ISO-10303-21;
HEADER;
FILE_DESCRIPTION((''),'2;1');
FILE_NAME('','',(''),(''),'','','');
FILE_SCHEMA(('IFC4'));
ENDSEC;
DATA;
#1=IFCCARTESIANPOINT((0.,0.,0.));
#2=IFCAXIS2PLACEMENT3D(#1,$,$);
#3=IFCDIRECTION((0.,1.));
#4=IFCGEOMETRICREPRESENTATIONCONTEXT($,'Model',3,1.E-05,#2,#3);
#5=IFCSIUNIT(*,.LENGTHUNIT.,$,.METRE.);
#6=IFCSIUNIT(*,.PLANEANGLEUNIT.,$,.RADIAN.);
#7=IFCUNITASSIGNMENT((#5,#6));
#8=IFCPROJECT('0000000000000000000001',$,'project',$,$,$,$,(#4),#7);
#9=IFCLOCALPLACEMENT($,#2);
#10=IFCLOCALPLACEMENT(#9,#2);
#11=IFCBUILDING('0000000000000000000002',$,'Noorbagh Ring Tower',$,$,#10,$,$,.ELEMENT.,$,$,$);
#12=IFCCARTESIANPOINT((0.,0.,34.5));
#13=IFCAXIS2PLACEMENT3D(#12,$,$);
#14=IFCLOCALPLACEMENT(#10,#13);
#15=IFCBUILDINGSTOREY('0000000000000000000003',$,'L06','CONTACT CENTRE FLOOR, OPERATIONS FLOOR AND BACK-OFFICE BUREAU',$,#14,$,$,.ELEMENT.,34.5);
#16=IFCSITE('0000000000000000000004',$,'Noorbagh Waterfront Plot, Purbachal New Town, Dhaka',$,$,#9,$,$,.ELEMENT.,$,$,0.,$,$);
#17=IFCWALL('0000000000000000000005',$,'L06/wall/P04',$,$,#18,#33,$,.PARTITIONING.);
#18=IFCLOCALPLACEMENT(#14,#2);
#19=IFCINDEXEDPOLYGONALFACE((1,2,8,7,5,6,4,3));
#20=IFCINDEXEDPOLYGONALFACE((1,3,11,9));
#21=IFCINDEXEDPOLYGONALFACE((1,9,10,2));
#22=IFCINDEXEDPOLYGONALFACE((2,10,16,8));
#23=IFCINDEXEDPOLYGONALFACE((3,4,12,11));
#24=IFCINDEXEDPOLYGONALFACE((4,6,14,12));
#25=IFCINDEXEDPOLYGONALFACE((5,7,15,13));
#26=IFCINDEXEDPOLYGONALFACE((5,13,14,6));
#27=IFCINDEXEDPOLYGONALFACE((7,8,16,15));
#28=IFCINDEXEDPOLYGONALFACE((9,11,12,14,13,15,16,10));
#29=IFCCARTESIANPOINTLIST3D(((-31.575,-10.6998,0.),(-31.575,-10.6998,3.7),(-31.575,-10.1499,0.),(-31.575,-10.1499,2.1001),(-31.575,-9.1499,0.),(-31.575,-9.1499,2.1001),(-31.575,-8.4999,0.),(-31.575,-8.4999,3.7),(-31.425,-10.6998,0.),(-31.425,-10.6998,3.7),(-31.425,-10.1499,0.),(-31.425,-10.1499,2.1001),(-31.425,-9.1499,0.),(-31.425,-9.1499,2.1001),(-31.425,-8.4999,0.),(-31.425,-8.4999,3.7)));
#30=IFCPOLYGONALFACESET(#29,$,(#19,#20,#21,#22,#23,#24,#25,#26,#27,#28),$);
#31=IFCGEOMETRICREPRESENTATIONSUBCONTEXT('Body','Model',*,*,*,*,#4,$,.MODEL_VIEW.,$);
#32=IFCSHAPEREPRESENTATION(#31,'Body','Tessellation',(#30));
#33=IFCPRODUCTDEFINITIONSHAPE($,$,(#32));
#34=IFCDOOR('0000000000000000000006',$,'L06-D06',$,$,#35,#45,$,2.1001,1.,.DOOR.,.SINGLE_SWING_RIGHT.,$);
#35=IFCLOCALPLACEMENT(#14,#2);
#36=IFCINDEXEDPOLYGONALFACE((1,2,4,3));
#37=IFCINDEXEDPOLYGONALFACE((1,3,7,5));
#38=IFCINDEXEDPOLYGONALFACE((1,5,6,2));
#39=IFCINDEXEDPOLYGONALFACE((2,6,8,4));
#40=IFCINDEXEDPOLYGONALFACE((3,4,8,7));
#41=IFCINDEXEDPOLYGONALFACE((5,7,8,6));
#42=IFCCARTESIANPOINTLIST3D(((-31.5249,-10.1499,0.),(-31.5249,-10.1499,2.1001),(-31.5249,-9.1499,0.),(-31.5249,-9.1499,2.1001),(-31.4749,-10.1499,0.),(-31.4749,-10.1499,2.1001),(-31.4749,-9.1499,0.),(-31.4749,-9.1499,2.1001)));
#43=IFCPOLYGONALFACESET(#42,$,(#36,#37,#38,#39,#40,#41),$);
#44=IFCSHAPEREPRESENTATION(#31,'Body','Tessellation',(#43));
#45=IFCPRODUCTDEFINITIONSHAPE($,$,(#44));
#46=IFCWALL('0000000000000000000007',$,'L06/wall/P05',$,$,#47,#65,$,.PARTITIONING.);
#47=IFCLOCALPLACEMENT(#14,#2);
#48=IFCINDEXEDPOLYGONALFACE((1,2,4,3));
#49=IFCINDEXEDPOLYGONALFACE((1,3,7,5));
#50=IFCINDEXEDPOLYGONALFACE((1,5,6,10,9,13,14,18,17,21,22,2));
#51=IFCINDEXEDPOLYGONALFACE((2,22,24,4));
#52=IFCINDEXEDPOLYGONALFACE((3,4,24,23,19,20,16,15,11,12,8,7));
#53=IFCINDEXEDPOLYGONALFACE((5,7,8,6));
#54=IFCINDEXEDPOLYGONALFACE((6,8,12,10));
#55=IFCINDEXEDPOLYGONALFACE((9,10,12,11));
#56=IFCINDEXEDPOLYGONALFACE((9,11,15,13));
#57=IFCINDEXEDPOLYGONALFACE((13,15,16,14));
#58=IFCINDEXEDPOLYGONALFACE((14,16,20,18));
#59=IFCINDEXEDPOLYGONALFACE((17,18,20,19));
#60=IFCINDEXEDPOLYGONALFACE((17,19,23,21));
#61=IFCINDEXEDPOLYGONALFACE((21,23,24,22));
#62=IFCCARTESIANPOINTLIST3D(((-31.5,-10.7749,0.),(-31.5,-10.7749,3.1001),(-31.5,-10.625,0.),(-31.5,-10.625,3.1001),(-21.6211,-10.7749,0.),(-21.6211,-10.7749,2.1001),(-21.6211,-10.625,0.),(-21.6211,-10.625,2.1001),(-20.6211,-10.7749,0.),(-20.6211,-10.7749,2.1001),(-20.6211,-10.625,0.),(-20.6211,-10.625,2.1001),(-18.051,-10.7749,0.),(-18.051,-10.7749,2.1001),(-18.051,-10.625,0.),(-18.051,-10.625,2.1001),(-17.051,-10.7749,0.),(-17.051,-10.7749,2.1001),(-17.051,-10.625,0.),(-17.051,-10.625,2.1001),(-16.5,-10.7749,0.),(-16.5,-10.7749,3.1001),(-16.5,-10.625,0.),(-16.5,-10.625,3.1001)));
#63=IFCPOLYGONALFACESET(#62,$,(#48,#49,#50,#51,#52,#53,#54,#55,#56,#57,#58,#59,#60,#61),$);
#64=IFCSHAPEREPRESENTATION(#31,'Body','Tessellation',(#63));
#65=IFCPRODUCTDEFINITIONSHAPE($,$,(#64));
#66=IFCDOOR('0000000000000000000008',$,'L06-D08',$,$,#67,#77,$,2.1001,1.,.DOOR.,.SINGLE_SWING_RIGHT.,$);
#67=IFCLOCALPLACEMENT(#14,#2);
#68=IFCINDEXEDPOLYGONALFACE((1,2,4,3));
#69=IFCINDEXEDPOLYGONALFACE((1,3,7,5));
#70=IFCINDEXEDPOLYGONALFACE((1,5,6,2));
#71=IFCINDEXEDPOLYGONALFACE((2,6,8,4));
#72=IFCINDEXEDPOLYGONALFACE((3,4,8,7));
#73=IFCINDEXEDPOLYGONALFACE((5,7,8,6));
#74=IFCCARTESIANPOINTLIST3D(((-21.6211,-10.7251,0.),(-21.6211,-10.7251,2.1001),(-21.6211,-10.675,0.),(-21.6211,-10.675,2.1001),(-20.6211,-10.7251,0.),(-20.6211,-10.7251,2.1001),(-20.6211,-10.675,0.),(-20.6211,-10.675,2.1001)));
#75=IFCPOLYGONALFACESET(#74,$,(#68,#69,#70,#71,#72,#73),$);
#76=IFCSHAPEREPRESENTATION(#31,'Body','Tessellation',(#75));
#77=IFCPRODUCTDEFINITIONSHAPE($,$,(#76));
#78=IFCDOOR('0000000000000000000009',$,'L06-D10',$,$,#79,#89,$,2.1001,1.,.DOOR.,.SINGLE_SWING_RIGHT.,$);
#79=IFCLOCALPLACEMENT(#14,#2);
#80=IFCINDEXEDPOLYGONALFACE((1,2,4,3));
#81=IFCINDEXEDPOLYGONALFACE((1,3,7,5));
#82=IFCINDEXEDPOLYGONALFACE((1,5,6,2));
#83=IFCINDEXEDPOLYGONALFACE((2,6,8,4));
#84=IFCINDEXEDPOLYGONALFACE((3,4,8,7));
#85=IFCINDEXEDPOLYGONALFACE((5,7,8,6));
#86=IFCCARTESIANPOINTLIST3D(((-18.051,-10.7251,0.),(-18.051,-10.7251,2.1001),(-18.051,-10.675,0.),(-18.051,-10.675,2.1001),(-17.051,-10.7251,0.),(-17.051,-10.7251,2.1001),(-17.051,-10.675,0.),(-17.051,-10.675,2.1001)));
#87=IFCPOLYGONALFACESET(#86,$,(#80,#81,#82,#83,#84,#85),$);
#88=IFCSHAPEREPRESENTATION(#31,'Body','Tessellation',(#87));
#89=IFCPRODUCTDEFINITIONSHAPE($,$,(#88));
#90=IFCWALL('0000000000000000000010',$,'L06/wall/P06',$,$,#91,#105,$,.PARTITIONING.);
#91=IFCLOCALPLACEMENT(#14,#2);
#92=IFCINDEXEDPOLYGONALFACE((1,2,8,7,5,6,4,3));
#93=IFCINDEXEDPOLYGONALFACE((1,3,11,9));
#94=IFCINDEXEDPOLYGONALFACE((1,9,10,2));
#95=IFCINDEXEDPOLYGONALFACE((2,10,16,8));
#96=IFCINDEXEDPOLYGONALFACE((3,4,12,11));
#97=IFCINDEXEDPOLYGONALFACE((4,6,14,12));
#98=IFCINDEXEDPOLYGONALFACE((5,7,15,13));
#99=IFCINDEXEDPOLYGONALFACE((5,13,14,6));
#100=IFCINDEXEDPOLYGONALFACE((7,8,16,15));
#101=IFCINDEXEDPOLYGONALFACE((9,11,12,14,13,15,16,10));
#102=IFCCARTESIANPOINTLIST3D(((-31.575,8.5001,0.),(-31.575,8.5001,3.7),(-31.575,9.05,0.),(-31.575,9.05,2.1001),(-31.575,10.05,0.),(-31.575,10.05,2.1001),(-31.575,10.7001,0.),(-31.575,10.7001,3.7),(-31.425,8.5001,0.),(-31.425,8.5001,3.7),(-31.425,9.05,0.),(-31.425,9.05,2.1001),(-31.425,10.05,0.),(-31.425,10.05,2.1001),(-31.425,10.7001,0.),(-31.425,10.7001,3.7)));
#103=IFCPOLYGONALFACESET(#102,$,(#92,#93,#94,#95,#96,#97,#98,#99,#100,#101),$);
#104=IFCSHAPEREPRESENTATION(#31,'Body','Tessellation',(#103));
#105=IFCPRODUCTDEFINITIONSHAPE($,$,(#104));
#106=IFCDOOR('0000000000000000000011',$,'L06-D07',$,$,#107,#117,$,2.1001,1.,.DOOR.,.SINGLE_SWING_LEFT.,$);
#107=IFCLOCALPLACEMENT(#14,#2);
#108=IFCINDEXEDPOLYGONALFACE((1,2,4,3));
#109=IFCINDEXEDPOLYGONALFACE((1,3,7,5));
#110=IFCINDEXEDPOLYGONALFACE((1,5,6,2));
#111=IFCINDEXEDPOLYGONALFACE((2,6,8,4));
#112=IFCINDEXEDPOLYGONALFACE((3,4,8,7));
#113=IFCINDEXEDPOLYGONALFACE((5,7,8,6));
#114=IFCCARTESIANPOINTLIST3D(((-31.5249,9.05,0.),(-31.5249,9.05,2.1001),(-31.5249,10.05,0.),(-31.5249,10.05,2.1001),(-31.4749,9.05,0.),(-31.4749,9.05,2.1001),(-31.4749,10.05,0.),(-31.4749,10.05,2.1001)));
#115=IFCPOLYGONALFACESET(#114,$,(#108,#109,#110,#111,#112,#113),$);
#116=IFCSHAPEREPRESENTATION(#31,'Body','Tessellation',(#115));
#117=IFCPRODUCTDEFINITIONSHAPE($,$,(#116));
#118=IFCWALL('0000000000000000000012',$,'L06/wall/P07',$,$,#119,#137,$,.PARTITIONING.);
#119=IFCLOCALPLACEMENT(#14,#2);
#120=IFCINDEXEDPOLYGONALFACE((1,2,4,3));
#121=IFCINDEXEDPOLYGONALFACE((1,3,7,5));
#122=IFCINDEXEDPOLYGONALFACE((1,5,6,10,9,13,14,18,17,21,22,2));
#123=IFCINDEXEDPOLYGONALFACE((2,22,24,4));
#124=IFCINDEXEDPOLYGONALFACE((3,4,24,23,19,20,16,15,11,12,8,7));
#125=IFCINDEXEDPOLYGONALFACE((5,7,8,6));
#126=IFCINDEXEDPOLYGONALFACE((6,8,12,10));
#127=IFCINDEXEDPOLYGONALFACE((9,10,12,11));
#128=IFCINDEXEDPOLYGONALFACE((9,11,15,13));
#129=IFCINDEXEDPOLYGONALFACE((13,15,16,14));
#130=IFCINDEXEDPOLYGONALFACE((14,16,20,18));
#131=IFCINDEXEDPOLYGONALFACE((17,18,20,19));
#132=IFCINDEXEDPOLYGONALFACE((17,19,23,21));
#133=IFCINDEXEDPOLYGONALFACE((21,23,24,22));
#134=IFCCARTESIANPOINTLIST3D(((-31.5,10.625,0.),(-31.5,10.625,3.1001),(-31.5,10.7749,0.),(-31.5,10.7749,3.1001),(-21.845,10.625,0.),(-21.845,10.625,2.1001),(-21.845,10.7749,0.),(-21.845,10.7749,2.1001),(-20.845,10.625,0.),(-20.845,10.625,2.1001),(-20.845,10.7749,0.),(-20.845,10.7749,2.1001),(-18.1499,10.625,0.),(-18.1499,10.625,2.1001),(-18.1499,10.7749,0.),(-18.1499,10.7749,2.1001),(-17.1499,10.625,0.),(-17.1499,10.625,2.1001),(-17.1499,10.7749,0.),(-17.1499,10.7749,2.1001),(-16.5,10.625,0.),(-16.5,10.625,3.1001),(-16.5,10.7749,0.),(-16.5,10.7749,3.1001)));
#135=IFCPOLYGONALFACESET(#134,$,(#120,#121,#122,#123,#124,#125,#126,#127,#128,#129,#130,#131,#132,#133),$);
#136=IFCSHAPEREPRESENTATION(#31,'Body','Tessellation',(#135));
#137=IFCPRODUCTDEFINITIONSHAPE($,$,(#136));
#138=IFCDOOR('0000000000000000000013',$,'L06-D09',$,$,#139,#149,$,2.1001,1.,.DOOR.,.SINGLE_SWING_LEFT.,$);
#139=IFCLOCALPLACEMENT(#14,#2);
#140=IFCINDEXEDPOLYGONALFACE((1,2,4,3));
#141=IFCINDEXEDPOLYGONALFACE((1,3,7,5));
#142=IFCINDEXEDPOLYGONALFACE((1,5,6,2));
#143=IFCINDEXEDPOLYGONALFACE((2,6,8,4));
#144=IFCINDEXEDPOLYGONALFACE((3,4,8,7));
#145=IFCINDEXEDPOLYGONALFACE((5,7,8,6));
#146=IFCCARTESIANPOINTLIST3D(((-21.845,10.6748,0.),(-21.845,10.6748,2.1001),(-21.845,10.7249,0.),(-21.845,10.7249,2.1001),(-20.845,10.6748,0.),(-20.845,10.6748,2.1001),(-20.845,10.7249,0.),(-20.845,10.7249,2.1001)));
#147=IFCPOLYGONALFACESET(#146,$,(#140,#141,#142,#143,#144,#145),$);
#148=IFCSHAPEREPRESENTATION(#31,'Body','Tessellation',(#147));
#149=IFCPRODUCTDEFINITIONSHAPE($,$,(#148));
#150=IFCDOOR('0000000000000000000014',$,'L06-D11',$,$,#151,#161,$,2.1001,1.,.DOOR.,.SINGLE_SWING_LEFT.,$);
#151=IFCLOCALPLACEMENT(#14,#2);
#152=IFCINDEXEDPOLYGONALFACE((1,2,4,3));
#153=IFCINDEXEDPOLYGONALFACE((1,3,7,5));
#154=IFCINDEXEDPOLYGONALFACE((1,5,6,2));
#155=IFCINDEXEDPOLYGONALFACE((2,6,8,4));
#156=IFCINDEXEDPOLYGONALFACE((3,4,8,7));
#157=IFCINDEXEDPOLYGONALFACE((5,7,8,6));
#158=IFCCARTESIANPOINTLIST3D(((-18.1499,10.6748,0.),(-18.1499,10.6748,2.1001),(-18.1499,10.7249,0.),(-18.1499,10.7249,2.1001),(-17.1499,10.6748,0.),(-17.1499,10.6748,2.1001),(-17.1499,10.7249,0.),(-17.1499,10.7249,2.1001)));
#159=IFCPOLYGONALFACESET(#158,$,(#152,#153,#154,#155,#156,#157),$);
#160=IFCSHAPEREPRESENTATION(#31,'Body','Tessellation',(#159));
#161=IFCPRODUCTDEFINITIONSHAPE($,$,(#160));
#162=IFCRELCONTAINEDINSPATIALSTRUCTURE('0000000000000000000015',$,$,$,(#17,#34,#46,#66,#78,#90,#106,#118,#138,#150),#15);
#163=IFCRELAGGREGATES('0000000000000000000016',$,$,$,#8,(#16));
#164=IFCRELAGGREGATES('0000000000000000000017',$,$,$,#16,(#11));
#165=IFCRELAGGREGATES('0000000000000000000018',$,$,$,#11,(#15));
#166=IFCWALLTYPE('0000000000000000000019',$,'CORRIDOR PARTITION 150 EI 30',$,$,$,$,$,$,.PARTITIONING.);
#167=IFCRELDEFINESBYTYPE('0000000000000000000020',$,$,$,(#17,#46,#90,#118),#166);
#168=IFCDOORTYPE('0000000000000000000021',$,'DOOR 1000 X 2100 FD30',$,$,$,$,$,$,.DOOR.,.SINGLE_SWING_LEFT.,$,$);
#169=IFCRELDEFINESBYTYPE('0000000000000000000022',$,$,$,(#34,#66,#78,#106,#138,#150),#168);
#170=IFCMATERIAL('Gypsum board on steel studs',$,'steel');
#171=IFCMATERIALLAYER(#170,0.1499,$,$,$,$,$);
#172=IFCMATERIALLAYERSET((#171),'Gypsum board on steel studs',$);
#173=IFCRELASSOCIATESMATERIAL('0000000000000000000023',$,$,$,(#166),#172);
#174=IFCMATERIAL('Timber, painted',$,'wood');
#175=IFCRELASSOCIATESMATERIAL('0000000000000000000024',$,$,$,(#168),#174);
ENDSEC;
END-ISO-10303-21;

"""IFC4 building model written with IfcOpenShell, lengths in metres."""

from ifc_helpers import new_model, si_unit, direction, frame, frame_2d, origin, place, context, subcontext, project, spatial, rectangle, extrude, material, layer, layer_set, type_object, element, fill, save


model = new_model("IFC4")

# Units and contexts
model_context = context("Model", 3, precision=1e-05, world=origin(), true_north=direction((0.0, 1.0)))
body_context = subcontext(model_context, "Body", "Model", "MODEL_VIEW")
ifc_project = project(units=[si_unit("LENGTHUNIT", "METRE"), si_unit("PLANEANGLEUNIT", "RADIAN")], contexts=[model_context])

# Site, building, storey
site_placement = place(None, origin())
site = spatial("IfcSite", under=ifc_project, at=site_placement, Name="Noorbagh Waterfront Plot, Purbachal New Town, Dhaka", CompositionType="ELEMENT", RefElevation=0.0)
building_placement = place(site_placement, origin())
building = spatial("IfcBuilding", under=site, at=building_placement, Name="Noorbagh Ring Tower", CompositionType="ELEMENT")
storey_placement = place(building_placement, frame((0.0, 0.0, 34.5)))
storey = spatial("IfcBuildingStorey", under=building, at=storey_placement, Name="L06", Description="CONTACT CENTRE FLOOR, OPERATIONS FLOOR AND BACK-OFFICE BUREAU", CompositionType="ELEMENT", Elevation=34.5)

# Wall, opening, door
ifc_material_1 = material(Name="Gypsum board on steel studs", Category="steel")
ifc_layer_1 = layer(ifc_material_1, 0.1499)
ifc_layer_set_1 = layer_set([ifc_layer_1], Name="Gypsum board on steel studs")
wall_type_1 = type_object("IfcWallType", Name="CORRIDOR PARTITION 150 EI 30", PredefinedType="PARTITIONING", material=ifc_layer_set_1)
wall_1_placement = place(storey_placement, frame((-31.5, -10.7, 0.0), z_axis=(0.0, 0.0, 1.0), x_axis=(0.0, 1.0, 0.0)))
wall_1 = element("IfcWall", 1, at=wall_1_placement, inside=storey, type_object=wall_type_1, Name="L06/wall/P04", PredefinedType="PARTITIONING", context=body_context, shape_type="SweptSolid", body=[
    extrude(rectangle(XDim=2.2, YDim=0.1499, at=frame_2d((1.1001, 0.0))), origin(), (0.0, 0.0, 1.0), 3.7),
])
opening_1_placement = place(wall_1_placement, frame((0.55, 0.0, 0.0)))
opening_1 = element("IfcOpeningElement", 2, at=opening_1_placement, cuts=wall_1, PredefinedType="OPENING", context=body_context, shape_type="SweptSolid", body=[
    extrude(rectangle(XDim=1.0, YDim=2.1001, at=frame_2d((0.5, 1.05))), frame((0.0, 0.085, 0.0), z_axis=(0.0, -1.0, 0.0), x_axis=(1.0, 0.0, 0.0)), (0.0, 0.0, 1.0), 0.1699),
])
ifc_material_2 = material(Name="Timber, painted", Category="wood")
door_type = type_object("IfcDoorType", Name="DOOR 1000 X 2100 FD30", OperationType="SINGLE_SWING_LEFT", PredefinedType="DOOR", material=ifc_material_2)
door_1_placement = place(opening_1_placement, origin())
door_1 = element("IfcDoor", 3, at=door_1_placement, inside=storey, type_object=door_type, Name="L06-D06", OperationType="SINGLE_SWING_RIGHT", OverallHeight=2.1001, OverallWidth=1.0, PredefinedType="DOOR", context=body_context, shape_type="SweptSolid", body=[
    extrude(rectangle(XDim=1.0, YDim=2.1001, at=frame_2d((0.5, 1.05))), frame((0.0, 0.0249, 0.0), z_axis=(0.0, -1.0, 0.0), x_axis=(1.0, 0.0, 0.0)), (0.0, 0.0, 1.0), 0.05),
])
fill(opening_1, door_1)

# Wall, openings, doors
wall_2_placement = place(storey_placement, frame((-31.5, -10.7, 0.0), z_axis=(0.0, 0.0, 1.0), x_axis=(1.0, 0.0, 0.0)))
wall_2 = element("IfcWall", 4, at=wall_2_placement, inside=storey, type_object=wall_type_1, Name="L06/wall/P05", PredefinedType="PARTITIONING", context=body_context, shape_type="SweptSolid", body=[
    extrude(rectangle(XDim=15.0, YDim=0.1499, at=frame_2d((7.5, 0.0))), origin(), (0.0, 0.0, 1.0), 3.1001),
])
opening_2_placement = place(wall_2_placement, frame((9.8789, 0.0, 0.0)))
opening_2 = element("IfcOpeningElement", 5, at=opening_2_placement, cuts=wall_2, PredefinedType="OPENING", context=body_context, shape_type="SweptSolid", body=[
    extrude(rectangle(XDim=1.0, YDim=2.1001, at=frame_2d((0.5, 1.05))), frame((0.0, 0.085, 0.0), z_axis=(0.0, -1.0, 0.0), x_axis=(1.0, 0.0, 0.0)), (0.0, 0.0, 1.0), 0.1699),
])
opening_3_placement = place(wall_2_placement, frame((13.449, 0.0, 0.0)))
opening_3 = element("IfcOpeningElement", 6, at=opening_3_placement, cuts=wall_2, PredefinedType="OPENING", context=body_context, shape_type="SweptSolid", body=[
    extrude(rectangle(XDim=1.0, YDim=2.1001, at=frame_2d((0.5, 1.05))), frame((0.0, 0.085, 0.0), z_axis=(0.0, -1.0, 0.0), x_axis=(1.0, 0.0, 0.0)), (0.0, 0.0, 1.0), 0.1699),
])
door_2_placement = place(opening_2_placement, origin())
door_2 = element("IfcDoor", 7, at=door_2_placement, inside=storey, type_object=door_type, Name="L06-D08", OperationType="SINGLE_SWING_RIGHT", OverallHeight=2.1001, OverallWidth=1.0, PredefinedType="DOOR", context=body_context, shape_type="SweptSolid", body=[
    extrude(rectangle(XDim=1.0, YDim=2.1001, at=frame_2d((0.5, 1.05))), frame((0.0, 0.0249, 0.0), z_axis=(0.0, -1.0, 0.0), x_axis=(1.0, 0.0, 0.0)), (0.0, 0.0, 1.0), 0.05),
])
fill(opening_2, door_2)
door_3_placement = place(opening_3_placement, origin())
door_3 = element("IfcDoor", 8, at=door_3_placement, inside=storey, type_object=door_type, Name="L06-D10", OperationType="SINGLE_SWING_RIGHT", OverallHeight=2.1001, OverallWidth=1.0, PredefinedType="DOOR", context=body_context, shape_type="SweptSolid", body=[
    extrude(rectangle(XDim=1.0, YDim=2.1001, at=frame_2d((0.5, 1.05))), frame((0.0, 0.0249, 0.0), z_axis=(0.0, -1.0, 0.0), x_axis=(1.0, 0.0, 0.0)), (0.0, 0.0, 1.0), 0.05),
])
fill(opening_3, door_3)

# Wall, opening, door
wall_3_placement = place(storey_placement, frame((-31.5, 8.5, 0.0), z_axis=(0.0, 0.0, 1.0), x_axis=(0.0, 1.0, 0.0)))
wall_3 = element("IfcWall", 9, at=wall_3_placement, inside=storey, type_object=wall_type_1, Name="L06/wall/P06", PredefinedType="PARTITIONING", context=body_context, shape_type="SweptSolid", body=[
    extrude(rectangle(XDim=2.2, YDim=0.1499, at=frame_2d((1.1001, 0.0))), origin(), (0.0, 0.0, 1.0), 3.7),
])
opening_4_placement = place(wall_3_placement, frame((0.55, 0.0, 0.0)))
opening_4 = element("IfcOpeningElement", 10, at=opening_4_placement, cuts=wall_3, PredefinedType="OPENING", context=body_context, shape_type="SweptSolid", body=[
    extrude(rectangle(XDim=1.0, YDim=2.1001, at=frame_2d((0.5, 1.05))), frame((0.0, 0.085, 0.0), z_axis=(0.0, -1.0, 0.0), x_axis=(1.0, 0.0, 0.0)), (0.0, 0.0, 1.0), 0.1699),
])
door_4_placement = place(opening_4_placement, origin())
door_4 = element("IfcDoor", 11, at=door_4_placement, inside=storey, type_object=door_type, Name="L06-D07", OperationType="SINGLE_SWING_LEFT", OverallHeight=2.1001, OverallWidth=1.0, PredefinedType="DOOR", context=body_context, shape_type="SweptSolid", body=[
    extrude(rectangle(XDim=1.0, YDim=2.1001, at=frame_2d((0.5, 1.05))), frame((0.0, 0.0249, 0.0), z_axis=(0.0, -1.0, 0.0), x_axis=(1.0, 0.0, 0.0)), (0.0, 0.0, 1.0), 0.05),
])
fill(opening_4, door_4)

# Wall, openings, doors
wall_4_placement = place(storey_placement, frame((-31.5, 10.7, 0.0), z_axis=(0.0, 0.0, 1.0), x_axis=(1.0, 0.0, 0.0)))
wall_4 = element("IfcWall", 12, at=wall_4_placement, inside=storey, type_object=wall_type_1, Name="L06/wall/P07", PredefinedType="PARTITIONING", context=body_context, shape_type="SweptSolid", body=[
    extrude(rectangle(XDim=15.0, YDim=0.1499, at=frame_2d((7.5, 0.0))), origin(), (0.0, 0.0, 1.0), 3.1001),
])
opening_5_placement = place(wall_4_placement, frame((9.655, 0.0, 0.0)))
opening_5 = element("IfcOpeningElement", 13, at=opening_5_placement, cuts=wall_4, PredefinedType="OPENING", context=body_context, shape_type="SweptSolid", body=[
    extrude(rectangle(XDim=1.0, YDim=2.1001, at=frame_2d((0.5, 1.05))), frame((0.0, 0.085, 0.0), z_axis=(0.0, -1.0, 0.0), x_axis=(1.0, 0.0, 0.0)), (0.0, 0.0, 1.0), 0.1699),
])
opening_6_placement = place(wall_4_placement, frame((13.3501, 0.0, 0.0)))
opening_6 = element("IfcOpeningElement", 14, at=opening_6_placement, cuts=wall_4, PredefinedType="OPENING", context=body_context, shape_type="SweptSolid", body=[
    extrude(rectangle(XDim=1.0, YDim=2.1001, at=frame_2d((0.5, 1.05))), frame((0.0, 0.085, 0.0), z_axis=(0.0, -1.0, 0.0), x_axis=(1.0, 0.0, 0.0)), (0.0, 0.0, 1.0), 0.1699),
])
door_5_placement = place(opening_5_placement, origin())
door_5 = element("IfcDoor", 15, at=door_5_placement, inside=storey, type_object=door_type, Name="L06-D09", OperationType="SINGLE_SWING_LEFT", OverallHeight=2.1001, OverallWidth=1.0, PredefinedType="DOOR", context=body_context, shape_type="SweptSolid", body=[
    extrude(rectangle(XDim=1.0, YDim=2.1001, at=frame_2d((0.5, 1.05))), frame((0.0, 0.0249, 0.0), z_axis=(0.0, -1.0, 0.0), x_axis=(1.0, 0.0, 0.0)), (0.0, 0.0, 1.0), 0.05),
])
fill(opening_5, door_5)
door_6_placement = place(opening_6_placement, origin())
door_6 = element("IfcDoor", 16, at=door_6_placement, inside=storey, type_object=door_type, Name="L06-D11", OperationType="SINGLE_SWING_LEFT", OverallHeight=2.1001, OverallWidth=1.0, PredefinedType="DOOR", context=body_context, shape_type="SweptSolid", body=[
    extrude(rectangle(XDim=1.0, YDim=2.1001, at=frame_2d((0.5, 1.05))), frame((0.0, 0.0249, 0.0), z_axis=(0.0, -1.0, 0.0), x_axis=(1.0, 0.0, 0.0)), (0.0, 0.0, 1.0), 0.05),
])
fill(opening_6, door_6)

save(model, "model.ifc")
